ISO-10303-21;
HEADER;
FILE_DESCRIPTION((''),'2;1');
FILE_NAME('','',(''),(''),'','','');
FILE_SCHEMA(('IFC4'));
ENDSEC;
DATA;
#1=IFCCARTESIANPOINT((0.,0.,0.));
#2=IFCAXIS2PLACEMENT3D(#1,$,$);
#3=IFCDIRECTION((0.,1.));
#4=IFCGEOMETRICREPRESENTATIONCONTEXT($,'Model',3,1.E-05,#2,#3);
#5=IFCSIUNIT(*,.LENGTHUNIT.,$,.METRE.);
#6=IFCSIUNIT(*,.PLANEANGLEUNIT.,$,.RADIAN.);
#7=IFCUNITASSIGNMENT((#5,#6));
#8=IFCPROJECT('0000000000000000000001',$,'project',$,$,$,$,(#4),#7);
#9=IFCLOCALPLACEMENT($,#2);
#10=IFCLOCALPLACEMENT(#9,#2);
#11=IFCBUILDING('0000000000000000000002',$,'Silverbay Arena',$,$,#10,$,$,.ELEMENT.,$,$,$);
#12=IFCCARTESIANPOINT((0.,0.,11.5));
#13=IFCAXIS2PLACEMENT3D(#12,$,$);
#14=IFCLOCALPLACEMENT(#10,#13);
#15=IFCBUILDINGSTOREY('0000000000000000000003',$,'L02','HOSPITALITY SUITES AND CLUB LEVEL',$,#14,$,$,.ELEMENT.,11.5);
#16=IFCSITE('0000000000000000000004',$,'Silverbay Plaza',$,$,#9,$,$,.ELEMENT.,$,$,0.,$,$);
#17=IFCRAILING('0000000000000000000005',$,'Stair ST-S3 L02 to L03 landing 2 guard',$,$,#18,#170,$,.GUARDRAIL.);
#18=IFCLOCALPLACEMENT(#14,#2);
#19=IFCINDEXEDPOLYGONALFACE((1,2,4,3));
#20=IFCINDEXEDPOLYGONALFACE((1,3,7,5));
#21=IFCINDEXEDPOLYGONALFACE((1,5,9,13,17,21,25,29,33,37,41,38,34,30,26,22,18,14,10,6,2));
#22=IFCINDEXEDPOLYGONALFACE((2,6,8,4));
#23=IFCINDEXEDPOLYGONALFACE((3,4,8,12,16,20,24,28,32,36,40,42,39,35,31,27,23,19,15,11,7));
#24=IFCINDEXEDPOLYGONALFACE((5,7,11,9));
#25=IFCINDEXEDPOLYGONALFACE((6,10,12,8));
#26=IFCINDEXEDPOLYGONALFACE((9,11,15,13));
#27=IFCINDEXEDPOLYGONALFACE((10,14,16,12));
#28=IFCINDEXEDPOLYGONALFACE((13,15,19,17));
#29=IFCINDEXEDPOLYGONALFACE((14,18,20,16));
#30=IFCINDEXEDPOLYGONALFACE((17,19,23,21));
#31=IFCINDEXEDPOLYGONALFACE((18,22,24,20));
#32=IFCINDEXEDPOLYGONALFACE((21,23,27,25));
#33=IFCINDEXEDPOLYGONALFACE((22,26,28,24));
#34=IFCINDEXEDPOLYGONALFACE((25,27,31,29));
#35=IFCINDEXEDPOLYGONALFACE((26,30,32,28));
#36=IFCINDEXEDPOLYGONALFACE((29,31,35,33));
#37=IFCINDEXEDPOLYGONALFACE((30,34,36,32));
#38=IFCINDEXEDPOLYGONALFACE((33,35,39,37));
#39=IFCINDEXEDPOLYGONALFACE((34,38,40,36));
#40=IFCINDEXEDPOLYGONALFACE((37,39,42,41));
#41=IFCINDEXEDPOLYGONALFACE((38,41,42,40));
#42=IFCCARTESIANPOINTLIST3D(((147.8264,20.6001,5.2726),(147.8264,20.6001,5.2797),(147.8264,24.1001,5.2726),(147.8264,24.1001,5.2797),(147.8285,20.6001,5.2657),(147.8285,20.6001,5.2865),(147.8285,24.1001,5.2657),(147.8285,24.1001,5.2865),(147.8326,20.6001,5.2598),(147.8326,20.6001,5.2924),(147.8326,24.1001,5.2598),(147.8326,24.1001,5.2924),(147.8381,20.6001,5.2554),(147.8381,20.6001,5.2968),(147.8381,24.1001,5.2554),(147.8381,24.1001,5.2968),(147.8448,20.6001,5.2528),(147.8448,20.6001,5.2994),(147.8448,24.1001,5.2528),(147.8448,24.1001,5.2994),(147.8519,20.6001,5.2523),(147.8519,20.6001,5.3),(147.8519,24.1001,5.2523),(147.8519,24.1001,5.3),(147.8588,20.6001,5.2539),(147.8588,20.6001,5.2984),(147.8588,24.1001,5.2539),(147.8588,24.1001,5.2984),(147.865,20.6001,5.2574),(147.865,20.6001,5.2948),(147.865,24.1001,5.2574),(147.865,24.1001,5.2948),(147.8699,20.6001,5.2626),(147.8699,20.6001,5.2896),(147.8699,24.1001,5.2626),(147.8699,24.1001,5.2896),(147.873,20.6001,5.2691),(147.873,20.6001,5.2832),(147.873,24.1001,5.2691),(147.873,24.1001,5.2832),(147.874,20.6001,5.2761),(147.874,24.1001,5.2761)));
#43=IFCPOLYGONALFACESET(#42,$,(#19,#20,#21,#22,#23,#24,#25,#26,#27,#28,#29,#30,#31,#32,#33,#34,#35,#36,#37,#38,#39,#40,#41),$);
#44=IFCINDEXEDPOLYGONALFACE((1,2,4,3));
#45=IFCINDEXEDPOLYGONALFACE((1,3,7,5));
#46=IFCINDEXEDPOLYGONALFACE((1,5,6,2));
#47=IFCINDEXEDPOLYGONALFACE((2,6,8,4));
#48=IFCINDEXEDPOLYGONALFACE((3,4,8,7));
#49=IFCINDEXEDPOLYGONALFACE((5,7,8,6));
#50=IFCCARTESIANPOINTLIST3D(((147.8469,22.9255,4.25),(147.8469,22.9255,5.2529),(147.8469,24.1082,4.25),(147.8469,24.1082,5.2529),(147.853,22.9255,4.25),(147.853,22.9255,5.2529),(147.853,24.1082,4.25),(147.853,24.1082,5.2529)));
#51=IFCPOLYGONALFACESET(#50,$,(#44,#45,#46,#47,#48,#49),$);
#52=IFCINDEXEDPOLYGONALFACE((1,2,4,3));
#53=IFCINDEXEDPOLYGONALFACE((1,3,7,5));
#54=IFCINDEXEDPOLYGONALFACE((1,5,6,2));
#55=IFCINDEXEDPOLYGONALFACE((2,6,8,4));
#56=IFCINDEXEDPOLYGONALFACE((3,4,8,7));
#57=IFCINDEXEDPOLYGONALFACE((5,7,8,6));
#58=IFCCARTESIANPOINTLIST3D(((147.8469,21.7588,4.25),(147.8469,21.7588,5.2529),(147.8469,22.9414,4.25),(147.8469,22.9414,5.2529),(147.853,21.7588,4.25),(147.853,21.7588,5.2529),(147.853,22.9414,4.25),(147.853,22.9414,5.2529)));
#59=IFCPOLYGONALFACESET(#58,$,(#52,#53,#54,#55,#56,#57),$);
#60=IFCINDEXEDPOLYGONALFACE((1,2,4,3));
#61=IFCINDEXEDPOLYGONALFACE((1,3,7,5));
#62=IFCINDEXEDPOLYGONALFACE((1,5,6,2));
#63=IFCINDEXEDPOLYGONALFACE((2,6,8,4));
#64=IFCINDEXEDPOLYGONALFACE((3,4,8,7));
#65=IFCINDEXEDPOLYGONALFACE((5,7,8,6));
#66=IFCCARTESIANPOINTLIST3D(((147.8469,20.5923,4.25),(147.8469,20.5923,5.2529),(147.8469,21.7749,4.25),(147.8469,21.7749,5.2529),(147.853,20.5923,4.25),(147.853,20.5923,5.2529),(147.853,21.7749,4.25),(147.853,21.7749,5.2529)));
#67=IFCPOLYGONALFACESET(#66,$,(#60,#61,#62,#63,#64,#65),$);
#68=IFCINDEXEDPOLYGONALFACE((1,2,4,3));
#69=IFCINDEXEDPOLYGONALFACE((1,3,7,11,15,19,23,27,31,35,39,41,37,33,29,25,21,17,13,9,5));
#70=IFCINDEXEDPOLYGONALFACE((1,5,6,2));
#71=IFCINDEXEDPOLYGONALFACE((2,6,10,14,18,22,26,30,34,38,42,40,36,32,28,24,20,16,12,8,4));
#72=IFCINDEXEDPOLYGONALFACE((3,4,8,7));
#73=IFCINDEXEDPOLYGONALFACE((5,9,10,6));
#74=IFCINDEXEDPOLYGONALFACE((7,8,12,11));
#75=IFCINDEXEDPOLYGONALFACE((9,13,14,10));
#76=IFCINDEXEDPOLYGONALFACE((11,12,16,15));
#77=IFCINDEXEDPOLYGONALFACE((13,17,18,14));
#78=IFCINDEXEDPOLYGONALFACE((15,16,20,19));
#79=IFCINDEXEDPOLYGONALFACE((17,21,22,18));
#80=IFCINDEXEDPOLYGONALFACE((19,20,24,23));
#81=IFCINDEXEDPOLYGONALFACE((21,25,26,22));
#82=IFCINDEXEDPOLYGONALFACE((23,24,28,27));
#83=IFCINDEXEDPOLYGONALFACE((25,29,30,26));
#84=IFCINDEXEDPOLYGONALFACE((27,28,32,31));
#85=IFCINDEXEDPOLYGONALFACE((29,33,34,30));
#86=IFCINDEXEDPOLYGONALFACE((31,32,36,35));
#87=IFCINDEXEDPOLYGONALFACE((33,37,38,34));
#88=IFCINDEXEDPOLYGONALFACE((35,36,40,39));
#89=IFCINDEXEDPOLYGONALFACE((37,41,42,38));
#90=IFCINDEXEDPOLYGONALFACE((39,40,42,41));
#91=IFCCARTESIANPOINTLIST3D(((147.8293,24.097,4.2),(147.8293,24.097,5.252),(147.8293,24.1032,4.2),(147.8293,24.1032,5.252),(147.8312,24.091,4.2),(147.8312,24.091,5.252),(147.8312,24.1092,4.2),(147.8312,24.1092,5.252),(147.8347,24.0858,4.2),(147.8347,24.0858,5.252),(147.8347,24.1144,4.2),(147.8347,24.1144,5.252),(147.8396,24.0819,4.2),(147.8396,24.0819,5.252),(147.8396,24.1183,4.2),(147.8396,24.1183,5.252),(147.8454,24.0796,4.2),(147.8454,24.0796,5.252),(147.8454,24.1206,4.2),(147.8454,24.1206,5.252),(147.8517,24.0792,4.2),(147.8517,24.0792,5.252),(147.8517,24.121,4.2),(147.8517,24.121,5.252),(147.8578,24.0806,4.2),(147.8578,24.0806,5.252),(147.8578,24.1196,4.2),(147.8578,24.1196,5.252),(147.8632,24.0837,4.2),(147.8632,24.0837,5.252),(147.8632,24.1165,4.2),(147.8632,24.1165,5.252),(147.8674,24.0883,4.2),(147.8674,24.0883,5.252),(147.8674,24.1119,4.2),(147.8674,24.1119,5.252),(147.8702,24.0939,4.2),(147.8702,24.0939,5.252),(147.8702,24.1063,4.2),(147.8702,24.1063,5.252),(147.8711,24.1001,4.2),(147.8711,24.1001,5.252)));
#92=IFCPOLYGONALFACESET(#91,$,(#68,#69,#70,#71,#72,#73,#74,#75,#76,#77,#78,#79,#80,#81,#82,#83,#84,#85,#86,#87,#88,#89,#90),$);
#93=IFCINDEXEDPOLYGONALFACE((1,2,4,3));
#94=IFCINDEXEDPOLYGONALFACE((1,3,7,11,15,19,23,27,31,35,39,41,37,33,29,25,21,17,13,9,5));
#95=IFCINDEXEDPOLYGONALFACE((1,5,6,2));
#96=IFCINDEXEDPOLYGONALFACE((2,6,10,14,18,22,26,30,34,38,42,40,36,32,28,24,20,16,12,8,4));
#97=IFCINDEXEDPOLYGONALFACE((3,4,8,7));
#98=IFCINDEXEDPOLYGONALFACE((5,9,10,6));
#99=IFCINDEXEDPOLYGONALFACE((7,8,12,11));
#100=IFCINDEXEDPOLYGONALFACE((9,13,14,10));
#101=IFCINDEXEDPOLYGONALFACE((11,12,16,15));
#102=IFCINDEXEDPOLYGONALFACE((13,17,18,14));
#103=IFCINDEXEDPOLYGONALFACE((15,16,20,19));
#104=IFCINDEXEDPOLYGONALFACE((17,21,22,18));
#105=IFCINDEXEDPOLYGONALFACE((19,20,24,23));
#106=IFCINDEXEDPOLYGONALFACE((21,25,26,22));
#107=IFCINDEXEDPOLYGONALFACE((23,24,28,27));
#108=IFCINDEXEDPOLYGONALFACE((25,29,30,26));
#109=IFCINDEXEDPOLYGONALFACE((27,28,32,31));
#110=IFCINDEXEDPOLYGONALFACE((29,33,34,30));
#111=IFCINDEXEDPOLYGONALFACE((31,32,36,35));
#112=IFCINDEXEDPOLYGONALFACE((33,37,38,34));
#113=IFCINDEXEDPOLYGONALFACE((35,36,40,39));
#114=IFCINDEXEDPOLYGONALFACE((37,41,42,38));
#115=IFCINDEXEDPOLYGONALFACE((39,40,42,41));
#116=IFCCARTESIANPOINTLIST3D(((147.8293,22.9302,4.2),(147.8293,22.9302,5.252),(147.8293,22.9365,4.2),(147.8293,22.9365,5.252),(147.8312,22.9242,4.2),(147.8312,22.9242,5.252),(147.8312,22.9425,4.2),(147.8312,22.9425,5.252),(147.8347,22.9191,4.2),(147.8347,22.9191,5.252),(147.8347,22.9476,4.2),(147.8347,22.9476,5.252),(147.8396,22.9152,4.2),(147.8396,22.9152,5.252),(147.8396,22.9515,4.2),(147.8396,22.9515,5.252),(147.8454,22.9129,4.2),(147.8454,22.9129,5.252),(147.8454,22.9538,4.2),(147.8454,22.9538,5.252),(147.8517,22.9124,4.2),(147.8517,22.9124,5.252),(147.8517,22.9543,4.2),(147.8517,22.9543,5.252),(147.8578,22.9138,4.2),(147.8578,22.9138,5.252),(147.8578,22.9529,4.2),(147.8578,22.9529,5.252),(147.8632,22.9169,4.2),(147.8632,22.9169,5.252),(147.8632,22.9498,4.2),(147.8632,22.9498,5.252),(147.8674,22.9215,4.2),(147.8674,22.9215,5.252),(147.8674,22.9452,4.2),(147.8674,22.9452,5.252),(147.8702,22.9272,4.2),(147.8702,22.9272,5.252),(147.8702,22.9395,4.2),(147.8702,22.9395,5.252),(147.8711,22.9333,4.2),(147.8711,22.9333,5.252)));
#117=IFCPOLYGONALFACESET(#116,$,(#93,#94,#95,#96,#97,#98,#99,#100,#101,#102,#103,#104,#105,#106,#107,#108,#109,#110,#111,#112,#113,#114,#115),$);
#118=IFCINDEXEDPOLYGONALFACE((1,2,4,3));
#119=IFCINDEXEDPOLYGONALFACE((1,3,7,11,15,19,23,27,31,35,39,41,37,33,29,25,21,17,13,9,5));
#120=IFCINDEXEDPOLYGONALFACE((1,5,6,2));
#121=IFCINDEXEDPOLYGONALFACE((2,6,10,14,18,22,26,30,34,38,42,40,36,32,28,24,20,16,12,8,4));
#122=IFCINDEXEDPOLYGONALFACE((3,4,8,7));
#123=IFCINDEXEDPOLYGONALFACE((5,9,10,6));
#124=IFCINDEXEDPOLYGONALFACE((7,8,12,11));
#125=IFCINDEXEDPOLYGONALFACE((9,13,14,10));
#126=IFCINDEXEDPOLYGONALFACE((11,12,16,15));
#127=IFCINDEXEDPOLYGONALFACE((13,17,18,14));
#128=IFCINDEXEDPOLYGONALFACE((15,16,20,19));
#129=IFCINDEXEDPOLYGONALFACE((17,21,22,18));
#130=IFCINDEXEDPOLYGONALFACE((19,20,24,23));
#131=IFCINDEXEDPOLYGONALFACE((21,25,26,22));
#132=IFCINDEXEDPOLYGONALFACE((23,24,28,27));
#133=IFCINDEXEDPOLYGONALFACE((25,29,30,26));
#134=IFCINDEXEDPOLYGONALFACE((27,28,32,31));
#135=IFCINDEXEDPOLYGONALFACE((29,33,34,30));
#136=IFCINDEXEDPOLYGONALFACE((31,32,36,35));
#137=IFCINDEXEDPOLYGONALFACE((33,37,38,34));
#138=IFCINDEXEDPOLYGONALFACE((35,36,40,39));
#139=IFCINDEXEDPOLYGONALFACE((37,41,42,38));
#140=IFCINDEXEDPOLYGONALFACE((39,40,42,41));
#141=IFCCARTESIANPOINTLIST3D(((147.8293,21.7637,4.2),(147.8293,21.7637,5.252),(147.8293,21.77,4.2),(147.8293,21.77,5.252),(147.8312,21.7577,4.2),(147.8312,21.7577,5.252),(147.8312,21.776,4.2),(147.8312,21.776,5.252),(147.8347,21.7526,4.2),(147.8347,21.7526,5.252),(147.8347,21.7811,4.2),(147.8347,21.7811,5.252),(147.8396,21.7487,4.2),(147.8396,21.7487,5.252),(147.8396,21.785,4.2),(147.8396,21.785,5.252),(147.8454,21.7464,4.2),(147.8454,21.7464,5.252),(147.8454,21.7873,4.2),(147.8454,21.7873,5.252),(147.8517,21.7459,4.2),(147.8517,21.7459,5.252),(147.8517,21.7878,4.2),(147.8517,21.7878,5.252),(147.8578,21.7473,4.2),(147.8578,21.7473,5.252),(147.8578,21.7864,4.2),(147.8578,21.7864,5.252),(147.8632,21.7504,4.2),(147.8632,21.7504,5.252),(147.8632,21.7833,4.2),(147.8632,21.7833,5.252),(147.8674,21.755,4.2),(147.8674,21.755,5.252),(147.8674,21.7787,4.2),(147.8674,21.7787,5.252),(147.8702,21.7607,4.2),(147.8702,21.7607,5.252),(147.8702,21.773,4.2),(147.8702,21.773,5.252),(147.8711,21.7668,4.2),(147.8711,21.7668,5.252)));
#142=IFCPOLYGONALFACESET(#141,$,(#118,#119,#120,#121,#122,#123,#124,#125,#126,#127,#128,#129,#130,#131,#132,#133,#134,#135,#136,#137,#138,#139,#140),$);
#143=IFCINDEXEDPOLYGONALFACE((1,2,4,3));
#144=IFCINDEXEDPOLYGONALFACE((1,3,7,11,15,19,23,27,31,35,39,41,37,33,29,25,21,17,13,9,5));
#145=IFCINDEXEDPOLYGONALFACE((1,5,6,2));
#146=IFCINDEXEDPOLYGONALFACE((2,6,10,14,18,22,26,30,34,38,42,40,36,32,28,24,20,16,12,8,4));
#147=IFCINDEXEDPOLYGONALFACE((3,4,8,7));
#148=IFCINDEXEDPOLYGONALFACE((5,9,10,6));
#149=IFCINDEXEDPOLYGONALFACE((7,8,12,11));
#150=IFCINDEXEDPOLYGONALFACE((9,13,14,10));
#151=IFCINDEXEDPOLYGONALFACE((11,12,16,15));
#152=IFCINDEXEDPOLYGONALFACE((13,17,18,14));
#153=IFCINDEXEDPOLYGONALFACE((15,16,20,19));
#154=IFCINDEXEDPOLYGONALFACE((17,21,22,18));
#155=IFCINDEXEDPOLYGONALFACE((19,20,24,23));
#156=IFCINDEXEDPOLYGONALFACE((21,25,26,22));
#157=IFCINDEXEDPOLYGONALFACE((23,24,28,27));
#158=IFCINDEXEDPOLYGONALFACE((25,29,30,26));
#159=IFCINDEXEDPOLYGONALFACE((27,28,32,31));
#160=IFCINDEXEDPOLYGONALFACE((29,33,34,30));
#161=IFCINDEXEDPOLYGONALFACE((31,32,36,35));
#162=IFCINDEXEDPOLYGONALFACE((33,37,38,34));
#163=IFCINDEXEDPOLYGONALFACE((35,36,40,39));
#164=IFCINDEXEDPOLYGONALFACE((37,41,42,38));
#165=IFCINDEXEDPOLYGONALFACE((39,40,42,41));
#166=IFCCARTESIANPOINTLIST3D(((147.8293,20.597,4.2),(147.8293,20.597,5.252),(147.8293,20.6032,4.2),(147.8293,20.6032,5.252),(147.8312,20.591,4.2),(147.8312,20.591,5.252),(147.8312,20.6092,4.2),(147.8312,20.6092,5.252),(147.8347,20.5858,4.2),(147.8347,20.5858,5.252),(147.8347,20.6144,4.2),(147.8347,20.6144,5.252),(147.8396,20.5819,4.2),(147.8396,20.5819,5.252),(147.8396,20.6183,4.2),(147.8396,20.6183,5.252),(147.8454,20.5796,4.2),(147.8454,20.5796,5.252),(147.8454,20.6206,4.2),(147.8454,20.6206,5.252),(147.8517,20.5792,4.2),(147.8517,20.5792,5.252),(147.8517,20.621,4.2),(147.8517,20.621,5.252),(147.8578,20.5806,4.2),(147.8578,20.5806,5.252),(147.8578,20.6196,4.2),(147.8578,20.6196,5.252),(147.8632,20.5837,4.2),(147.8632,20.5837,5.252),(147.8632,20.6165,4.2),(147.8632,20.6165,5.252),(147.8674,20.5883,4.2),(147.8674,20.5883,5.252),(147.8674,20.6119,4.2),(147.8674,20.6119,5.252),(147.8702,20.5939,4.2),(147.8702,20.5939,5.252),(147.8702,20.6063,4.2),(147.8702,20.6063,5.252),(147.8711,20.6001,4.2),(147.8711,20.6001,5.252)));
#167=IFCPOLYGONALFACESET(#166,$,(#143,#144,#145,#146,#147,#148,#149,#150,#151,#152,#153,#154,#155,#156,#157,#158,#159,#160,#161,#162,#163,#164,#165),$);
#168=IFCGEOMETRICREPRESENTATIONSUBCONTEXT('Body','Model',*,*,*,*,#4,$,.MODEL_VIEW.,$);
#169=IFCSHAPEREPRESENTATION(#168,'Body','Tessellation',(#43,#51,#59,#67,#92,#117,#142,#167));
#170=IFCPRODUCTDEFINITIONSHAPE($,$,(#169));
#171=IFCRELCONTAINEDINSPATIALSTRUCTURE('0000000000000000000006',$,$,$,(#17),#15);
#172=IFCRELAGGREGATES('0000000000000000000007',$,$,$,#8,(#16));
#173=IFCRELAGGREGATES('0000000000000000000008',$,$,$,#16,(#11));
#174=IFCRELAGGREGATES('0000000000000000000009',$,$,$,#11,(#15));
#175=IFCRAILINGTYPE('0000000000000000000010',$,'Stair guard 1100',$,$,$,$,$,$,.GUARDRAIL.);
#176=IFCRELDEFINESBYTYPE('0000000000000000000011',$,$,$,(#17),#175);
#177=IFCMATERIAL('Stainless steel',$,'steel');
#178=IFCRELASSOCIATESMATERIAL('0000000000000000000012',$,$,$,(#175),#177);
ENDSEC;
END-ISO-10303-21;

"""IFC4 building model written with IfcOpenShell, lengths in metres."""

from ifc_helpers import new_model, si_unit, direction, frame, origin, origin_2d, place, context, subcontext, project, spatial, polyline, circle, outline, extrude, material, type_object, element, save


model = new_model("IFC4")

# Units and contexts
model_context = context("Model", 3, precision=1e-05, world=origin(), true_north=direction((0.0, 1.0)))
body_context = subcontext(model_context, "Body", "Model", "MODEL_VIEW")
ifc_project = project(units=[si_unit("LENGTHUNIT", "METRE"), si_unit("PLANEANGLEUNIT", "RADIAN")], contexts=[model_context])

# Site, building, storey
site_placement = place(None, origin())
site = spatial("IfcSite", under=ifc_project, at=site_placement, Name="Silverbay Plaza", CompositionType="ELEMENT", RefElevation=0.0)
building_placement = place(site_placement, origin())
building = spatial("IfcBuilding", under=site, at=building_placement, Name="Silverbay Arena", CompositionType="ELEMENT")
storey_placement = place(building_placement, frame((0.0, 0.0, 11.5)))
storey = spatial("IfcBuildingStorey", under=building, at=storey_placement, Name="L02", Description="HOSPITALITY SUITES AND CLUB LEVEL", CompositionType="ELEMENT", Elevation=11.5)

# Railing
ifc_material_1 = material(Name="Stainless steel", Category="steel")
railing_type_1 = type_object("IfcRailingType", Name="Stair guard 1100", PredefinedType="GUARDRAIL", material=ifc_material_1)
for number, where, name in (
    (1, (147.8501, 24.1001, 4.2), "Stair ST-S3 L02 to L03 landing 2 guard"),
):
    element("IfcRailing", number, at=place(storey_placement, frame(where)), inside=storey, type_object=railing_type_1, Name=name, PredefinedType="GUARDRAIL", context=body_context, shape_type="SweptSolid", body=[
        extrude(circle(Radius=0.0239, at=origin_2d()), frame((0.0, 0.0, 1.0762), z_axis=(0.0, -1.0, 0.0), x_axis=(1.0, 0.0, 0.0)), (0.0, 0.0, 1.0), 3.5),
        extrude(outline(polyline([(-0.0081, 0.05), (1.1746, 0.05), (1.1746, 1.053), (-0.0081, 1.053), (-0.0081, 0.05)])), frame((0.0029, 0.0, 0.0), z_axis=(-1.0, 0.0, 0.0), x_axis=(0.0, -1.0, 0.0)), (0.0, 0.0, 1.0), 0.0061),
        extrude(outline(polyline([(-0.0081, 0.05), (1.1746, 0.05), (1.1746, 1.053), (-0.0081, 1.053), (-0.0081, 0.05)])), frame((0.0029, -1.1667, 0.0), z_axis=(-1.0, 0.0, 0.0), x_axis=(0.0, -1.0, 0.0)), (0.0, 0.0, 1.0), 0.0061),
        extrude(outline(polyline([(-0.0081, 0.05), (1.1746, 0.05), (1.1746, 1.053), (-0.0081, 1.053), (-0.0081, 0.05)])), frame((0.0029, -2.3333, 0.0), z_axis=(-1.0, 0.0, 0.0), x_axis=(0.0, -1.0, 0.0)), (0.0, 0.0, 1.0), 0.0061),
        extrude(circle(Radius=0.021, at=origin_2d()), origin(), (0.0, 0.0, 1.0), 1.052),
        extrude(circle(Radius=0.021, at=origin_2d()), frame((0.0, -1.1667, 0.0)), (0.0, 0.0, 1.0), 1.052),
        extrude(circle(Radius=0.021, at=origin_2d()), frame((0.0, -2.3333, 0.0)), (0.0, 0.0, 1.0), 1.052),
        extrude(circle(Radius=0.021, at=origin_2d()), frame((0.0, -3.5, 0.0)), (0.0, 0.0, 1.0), 1.052),
    ])

save(model, "model.ifc")
